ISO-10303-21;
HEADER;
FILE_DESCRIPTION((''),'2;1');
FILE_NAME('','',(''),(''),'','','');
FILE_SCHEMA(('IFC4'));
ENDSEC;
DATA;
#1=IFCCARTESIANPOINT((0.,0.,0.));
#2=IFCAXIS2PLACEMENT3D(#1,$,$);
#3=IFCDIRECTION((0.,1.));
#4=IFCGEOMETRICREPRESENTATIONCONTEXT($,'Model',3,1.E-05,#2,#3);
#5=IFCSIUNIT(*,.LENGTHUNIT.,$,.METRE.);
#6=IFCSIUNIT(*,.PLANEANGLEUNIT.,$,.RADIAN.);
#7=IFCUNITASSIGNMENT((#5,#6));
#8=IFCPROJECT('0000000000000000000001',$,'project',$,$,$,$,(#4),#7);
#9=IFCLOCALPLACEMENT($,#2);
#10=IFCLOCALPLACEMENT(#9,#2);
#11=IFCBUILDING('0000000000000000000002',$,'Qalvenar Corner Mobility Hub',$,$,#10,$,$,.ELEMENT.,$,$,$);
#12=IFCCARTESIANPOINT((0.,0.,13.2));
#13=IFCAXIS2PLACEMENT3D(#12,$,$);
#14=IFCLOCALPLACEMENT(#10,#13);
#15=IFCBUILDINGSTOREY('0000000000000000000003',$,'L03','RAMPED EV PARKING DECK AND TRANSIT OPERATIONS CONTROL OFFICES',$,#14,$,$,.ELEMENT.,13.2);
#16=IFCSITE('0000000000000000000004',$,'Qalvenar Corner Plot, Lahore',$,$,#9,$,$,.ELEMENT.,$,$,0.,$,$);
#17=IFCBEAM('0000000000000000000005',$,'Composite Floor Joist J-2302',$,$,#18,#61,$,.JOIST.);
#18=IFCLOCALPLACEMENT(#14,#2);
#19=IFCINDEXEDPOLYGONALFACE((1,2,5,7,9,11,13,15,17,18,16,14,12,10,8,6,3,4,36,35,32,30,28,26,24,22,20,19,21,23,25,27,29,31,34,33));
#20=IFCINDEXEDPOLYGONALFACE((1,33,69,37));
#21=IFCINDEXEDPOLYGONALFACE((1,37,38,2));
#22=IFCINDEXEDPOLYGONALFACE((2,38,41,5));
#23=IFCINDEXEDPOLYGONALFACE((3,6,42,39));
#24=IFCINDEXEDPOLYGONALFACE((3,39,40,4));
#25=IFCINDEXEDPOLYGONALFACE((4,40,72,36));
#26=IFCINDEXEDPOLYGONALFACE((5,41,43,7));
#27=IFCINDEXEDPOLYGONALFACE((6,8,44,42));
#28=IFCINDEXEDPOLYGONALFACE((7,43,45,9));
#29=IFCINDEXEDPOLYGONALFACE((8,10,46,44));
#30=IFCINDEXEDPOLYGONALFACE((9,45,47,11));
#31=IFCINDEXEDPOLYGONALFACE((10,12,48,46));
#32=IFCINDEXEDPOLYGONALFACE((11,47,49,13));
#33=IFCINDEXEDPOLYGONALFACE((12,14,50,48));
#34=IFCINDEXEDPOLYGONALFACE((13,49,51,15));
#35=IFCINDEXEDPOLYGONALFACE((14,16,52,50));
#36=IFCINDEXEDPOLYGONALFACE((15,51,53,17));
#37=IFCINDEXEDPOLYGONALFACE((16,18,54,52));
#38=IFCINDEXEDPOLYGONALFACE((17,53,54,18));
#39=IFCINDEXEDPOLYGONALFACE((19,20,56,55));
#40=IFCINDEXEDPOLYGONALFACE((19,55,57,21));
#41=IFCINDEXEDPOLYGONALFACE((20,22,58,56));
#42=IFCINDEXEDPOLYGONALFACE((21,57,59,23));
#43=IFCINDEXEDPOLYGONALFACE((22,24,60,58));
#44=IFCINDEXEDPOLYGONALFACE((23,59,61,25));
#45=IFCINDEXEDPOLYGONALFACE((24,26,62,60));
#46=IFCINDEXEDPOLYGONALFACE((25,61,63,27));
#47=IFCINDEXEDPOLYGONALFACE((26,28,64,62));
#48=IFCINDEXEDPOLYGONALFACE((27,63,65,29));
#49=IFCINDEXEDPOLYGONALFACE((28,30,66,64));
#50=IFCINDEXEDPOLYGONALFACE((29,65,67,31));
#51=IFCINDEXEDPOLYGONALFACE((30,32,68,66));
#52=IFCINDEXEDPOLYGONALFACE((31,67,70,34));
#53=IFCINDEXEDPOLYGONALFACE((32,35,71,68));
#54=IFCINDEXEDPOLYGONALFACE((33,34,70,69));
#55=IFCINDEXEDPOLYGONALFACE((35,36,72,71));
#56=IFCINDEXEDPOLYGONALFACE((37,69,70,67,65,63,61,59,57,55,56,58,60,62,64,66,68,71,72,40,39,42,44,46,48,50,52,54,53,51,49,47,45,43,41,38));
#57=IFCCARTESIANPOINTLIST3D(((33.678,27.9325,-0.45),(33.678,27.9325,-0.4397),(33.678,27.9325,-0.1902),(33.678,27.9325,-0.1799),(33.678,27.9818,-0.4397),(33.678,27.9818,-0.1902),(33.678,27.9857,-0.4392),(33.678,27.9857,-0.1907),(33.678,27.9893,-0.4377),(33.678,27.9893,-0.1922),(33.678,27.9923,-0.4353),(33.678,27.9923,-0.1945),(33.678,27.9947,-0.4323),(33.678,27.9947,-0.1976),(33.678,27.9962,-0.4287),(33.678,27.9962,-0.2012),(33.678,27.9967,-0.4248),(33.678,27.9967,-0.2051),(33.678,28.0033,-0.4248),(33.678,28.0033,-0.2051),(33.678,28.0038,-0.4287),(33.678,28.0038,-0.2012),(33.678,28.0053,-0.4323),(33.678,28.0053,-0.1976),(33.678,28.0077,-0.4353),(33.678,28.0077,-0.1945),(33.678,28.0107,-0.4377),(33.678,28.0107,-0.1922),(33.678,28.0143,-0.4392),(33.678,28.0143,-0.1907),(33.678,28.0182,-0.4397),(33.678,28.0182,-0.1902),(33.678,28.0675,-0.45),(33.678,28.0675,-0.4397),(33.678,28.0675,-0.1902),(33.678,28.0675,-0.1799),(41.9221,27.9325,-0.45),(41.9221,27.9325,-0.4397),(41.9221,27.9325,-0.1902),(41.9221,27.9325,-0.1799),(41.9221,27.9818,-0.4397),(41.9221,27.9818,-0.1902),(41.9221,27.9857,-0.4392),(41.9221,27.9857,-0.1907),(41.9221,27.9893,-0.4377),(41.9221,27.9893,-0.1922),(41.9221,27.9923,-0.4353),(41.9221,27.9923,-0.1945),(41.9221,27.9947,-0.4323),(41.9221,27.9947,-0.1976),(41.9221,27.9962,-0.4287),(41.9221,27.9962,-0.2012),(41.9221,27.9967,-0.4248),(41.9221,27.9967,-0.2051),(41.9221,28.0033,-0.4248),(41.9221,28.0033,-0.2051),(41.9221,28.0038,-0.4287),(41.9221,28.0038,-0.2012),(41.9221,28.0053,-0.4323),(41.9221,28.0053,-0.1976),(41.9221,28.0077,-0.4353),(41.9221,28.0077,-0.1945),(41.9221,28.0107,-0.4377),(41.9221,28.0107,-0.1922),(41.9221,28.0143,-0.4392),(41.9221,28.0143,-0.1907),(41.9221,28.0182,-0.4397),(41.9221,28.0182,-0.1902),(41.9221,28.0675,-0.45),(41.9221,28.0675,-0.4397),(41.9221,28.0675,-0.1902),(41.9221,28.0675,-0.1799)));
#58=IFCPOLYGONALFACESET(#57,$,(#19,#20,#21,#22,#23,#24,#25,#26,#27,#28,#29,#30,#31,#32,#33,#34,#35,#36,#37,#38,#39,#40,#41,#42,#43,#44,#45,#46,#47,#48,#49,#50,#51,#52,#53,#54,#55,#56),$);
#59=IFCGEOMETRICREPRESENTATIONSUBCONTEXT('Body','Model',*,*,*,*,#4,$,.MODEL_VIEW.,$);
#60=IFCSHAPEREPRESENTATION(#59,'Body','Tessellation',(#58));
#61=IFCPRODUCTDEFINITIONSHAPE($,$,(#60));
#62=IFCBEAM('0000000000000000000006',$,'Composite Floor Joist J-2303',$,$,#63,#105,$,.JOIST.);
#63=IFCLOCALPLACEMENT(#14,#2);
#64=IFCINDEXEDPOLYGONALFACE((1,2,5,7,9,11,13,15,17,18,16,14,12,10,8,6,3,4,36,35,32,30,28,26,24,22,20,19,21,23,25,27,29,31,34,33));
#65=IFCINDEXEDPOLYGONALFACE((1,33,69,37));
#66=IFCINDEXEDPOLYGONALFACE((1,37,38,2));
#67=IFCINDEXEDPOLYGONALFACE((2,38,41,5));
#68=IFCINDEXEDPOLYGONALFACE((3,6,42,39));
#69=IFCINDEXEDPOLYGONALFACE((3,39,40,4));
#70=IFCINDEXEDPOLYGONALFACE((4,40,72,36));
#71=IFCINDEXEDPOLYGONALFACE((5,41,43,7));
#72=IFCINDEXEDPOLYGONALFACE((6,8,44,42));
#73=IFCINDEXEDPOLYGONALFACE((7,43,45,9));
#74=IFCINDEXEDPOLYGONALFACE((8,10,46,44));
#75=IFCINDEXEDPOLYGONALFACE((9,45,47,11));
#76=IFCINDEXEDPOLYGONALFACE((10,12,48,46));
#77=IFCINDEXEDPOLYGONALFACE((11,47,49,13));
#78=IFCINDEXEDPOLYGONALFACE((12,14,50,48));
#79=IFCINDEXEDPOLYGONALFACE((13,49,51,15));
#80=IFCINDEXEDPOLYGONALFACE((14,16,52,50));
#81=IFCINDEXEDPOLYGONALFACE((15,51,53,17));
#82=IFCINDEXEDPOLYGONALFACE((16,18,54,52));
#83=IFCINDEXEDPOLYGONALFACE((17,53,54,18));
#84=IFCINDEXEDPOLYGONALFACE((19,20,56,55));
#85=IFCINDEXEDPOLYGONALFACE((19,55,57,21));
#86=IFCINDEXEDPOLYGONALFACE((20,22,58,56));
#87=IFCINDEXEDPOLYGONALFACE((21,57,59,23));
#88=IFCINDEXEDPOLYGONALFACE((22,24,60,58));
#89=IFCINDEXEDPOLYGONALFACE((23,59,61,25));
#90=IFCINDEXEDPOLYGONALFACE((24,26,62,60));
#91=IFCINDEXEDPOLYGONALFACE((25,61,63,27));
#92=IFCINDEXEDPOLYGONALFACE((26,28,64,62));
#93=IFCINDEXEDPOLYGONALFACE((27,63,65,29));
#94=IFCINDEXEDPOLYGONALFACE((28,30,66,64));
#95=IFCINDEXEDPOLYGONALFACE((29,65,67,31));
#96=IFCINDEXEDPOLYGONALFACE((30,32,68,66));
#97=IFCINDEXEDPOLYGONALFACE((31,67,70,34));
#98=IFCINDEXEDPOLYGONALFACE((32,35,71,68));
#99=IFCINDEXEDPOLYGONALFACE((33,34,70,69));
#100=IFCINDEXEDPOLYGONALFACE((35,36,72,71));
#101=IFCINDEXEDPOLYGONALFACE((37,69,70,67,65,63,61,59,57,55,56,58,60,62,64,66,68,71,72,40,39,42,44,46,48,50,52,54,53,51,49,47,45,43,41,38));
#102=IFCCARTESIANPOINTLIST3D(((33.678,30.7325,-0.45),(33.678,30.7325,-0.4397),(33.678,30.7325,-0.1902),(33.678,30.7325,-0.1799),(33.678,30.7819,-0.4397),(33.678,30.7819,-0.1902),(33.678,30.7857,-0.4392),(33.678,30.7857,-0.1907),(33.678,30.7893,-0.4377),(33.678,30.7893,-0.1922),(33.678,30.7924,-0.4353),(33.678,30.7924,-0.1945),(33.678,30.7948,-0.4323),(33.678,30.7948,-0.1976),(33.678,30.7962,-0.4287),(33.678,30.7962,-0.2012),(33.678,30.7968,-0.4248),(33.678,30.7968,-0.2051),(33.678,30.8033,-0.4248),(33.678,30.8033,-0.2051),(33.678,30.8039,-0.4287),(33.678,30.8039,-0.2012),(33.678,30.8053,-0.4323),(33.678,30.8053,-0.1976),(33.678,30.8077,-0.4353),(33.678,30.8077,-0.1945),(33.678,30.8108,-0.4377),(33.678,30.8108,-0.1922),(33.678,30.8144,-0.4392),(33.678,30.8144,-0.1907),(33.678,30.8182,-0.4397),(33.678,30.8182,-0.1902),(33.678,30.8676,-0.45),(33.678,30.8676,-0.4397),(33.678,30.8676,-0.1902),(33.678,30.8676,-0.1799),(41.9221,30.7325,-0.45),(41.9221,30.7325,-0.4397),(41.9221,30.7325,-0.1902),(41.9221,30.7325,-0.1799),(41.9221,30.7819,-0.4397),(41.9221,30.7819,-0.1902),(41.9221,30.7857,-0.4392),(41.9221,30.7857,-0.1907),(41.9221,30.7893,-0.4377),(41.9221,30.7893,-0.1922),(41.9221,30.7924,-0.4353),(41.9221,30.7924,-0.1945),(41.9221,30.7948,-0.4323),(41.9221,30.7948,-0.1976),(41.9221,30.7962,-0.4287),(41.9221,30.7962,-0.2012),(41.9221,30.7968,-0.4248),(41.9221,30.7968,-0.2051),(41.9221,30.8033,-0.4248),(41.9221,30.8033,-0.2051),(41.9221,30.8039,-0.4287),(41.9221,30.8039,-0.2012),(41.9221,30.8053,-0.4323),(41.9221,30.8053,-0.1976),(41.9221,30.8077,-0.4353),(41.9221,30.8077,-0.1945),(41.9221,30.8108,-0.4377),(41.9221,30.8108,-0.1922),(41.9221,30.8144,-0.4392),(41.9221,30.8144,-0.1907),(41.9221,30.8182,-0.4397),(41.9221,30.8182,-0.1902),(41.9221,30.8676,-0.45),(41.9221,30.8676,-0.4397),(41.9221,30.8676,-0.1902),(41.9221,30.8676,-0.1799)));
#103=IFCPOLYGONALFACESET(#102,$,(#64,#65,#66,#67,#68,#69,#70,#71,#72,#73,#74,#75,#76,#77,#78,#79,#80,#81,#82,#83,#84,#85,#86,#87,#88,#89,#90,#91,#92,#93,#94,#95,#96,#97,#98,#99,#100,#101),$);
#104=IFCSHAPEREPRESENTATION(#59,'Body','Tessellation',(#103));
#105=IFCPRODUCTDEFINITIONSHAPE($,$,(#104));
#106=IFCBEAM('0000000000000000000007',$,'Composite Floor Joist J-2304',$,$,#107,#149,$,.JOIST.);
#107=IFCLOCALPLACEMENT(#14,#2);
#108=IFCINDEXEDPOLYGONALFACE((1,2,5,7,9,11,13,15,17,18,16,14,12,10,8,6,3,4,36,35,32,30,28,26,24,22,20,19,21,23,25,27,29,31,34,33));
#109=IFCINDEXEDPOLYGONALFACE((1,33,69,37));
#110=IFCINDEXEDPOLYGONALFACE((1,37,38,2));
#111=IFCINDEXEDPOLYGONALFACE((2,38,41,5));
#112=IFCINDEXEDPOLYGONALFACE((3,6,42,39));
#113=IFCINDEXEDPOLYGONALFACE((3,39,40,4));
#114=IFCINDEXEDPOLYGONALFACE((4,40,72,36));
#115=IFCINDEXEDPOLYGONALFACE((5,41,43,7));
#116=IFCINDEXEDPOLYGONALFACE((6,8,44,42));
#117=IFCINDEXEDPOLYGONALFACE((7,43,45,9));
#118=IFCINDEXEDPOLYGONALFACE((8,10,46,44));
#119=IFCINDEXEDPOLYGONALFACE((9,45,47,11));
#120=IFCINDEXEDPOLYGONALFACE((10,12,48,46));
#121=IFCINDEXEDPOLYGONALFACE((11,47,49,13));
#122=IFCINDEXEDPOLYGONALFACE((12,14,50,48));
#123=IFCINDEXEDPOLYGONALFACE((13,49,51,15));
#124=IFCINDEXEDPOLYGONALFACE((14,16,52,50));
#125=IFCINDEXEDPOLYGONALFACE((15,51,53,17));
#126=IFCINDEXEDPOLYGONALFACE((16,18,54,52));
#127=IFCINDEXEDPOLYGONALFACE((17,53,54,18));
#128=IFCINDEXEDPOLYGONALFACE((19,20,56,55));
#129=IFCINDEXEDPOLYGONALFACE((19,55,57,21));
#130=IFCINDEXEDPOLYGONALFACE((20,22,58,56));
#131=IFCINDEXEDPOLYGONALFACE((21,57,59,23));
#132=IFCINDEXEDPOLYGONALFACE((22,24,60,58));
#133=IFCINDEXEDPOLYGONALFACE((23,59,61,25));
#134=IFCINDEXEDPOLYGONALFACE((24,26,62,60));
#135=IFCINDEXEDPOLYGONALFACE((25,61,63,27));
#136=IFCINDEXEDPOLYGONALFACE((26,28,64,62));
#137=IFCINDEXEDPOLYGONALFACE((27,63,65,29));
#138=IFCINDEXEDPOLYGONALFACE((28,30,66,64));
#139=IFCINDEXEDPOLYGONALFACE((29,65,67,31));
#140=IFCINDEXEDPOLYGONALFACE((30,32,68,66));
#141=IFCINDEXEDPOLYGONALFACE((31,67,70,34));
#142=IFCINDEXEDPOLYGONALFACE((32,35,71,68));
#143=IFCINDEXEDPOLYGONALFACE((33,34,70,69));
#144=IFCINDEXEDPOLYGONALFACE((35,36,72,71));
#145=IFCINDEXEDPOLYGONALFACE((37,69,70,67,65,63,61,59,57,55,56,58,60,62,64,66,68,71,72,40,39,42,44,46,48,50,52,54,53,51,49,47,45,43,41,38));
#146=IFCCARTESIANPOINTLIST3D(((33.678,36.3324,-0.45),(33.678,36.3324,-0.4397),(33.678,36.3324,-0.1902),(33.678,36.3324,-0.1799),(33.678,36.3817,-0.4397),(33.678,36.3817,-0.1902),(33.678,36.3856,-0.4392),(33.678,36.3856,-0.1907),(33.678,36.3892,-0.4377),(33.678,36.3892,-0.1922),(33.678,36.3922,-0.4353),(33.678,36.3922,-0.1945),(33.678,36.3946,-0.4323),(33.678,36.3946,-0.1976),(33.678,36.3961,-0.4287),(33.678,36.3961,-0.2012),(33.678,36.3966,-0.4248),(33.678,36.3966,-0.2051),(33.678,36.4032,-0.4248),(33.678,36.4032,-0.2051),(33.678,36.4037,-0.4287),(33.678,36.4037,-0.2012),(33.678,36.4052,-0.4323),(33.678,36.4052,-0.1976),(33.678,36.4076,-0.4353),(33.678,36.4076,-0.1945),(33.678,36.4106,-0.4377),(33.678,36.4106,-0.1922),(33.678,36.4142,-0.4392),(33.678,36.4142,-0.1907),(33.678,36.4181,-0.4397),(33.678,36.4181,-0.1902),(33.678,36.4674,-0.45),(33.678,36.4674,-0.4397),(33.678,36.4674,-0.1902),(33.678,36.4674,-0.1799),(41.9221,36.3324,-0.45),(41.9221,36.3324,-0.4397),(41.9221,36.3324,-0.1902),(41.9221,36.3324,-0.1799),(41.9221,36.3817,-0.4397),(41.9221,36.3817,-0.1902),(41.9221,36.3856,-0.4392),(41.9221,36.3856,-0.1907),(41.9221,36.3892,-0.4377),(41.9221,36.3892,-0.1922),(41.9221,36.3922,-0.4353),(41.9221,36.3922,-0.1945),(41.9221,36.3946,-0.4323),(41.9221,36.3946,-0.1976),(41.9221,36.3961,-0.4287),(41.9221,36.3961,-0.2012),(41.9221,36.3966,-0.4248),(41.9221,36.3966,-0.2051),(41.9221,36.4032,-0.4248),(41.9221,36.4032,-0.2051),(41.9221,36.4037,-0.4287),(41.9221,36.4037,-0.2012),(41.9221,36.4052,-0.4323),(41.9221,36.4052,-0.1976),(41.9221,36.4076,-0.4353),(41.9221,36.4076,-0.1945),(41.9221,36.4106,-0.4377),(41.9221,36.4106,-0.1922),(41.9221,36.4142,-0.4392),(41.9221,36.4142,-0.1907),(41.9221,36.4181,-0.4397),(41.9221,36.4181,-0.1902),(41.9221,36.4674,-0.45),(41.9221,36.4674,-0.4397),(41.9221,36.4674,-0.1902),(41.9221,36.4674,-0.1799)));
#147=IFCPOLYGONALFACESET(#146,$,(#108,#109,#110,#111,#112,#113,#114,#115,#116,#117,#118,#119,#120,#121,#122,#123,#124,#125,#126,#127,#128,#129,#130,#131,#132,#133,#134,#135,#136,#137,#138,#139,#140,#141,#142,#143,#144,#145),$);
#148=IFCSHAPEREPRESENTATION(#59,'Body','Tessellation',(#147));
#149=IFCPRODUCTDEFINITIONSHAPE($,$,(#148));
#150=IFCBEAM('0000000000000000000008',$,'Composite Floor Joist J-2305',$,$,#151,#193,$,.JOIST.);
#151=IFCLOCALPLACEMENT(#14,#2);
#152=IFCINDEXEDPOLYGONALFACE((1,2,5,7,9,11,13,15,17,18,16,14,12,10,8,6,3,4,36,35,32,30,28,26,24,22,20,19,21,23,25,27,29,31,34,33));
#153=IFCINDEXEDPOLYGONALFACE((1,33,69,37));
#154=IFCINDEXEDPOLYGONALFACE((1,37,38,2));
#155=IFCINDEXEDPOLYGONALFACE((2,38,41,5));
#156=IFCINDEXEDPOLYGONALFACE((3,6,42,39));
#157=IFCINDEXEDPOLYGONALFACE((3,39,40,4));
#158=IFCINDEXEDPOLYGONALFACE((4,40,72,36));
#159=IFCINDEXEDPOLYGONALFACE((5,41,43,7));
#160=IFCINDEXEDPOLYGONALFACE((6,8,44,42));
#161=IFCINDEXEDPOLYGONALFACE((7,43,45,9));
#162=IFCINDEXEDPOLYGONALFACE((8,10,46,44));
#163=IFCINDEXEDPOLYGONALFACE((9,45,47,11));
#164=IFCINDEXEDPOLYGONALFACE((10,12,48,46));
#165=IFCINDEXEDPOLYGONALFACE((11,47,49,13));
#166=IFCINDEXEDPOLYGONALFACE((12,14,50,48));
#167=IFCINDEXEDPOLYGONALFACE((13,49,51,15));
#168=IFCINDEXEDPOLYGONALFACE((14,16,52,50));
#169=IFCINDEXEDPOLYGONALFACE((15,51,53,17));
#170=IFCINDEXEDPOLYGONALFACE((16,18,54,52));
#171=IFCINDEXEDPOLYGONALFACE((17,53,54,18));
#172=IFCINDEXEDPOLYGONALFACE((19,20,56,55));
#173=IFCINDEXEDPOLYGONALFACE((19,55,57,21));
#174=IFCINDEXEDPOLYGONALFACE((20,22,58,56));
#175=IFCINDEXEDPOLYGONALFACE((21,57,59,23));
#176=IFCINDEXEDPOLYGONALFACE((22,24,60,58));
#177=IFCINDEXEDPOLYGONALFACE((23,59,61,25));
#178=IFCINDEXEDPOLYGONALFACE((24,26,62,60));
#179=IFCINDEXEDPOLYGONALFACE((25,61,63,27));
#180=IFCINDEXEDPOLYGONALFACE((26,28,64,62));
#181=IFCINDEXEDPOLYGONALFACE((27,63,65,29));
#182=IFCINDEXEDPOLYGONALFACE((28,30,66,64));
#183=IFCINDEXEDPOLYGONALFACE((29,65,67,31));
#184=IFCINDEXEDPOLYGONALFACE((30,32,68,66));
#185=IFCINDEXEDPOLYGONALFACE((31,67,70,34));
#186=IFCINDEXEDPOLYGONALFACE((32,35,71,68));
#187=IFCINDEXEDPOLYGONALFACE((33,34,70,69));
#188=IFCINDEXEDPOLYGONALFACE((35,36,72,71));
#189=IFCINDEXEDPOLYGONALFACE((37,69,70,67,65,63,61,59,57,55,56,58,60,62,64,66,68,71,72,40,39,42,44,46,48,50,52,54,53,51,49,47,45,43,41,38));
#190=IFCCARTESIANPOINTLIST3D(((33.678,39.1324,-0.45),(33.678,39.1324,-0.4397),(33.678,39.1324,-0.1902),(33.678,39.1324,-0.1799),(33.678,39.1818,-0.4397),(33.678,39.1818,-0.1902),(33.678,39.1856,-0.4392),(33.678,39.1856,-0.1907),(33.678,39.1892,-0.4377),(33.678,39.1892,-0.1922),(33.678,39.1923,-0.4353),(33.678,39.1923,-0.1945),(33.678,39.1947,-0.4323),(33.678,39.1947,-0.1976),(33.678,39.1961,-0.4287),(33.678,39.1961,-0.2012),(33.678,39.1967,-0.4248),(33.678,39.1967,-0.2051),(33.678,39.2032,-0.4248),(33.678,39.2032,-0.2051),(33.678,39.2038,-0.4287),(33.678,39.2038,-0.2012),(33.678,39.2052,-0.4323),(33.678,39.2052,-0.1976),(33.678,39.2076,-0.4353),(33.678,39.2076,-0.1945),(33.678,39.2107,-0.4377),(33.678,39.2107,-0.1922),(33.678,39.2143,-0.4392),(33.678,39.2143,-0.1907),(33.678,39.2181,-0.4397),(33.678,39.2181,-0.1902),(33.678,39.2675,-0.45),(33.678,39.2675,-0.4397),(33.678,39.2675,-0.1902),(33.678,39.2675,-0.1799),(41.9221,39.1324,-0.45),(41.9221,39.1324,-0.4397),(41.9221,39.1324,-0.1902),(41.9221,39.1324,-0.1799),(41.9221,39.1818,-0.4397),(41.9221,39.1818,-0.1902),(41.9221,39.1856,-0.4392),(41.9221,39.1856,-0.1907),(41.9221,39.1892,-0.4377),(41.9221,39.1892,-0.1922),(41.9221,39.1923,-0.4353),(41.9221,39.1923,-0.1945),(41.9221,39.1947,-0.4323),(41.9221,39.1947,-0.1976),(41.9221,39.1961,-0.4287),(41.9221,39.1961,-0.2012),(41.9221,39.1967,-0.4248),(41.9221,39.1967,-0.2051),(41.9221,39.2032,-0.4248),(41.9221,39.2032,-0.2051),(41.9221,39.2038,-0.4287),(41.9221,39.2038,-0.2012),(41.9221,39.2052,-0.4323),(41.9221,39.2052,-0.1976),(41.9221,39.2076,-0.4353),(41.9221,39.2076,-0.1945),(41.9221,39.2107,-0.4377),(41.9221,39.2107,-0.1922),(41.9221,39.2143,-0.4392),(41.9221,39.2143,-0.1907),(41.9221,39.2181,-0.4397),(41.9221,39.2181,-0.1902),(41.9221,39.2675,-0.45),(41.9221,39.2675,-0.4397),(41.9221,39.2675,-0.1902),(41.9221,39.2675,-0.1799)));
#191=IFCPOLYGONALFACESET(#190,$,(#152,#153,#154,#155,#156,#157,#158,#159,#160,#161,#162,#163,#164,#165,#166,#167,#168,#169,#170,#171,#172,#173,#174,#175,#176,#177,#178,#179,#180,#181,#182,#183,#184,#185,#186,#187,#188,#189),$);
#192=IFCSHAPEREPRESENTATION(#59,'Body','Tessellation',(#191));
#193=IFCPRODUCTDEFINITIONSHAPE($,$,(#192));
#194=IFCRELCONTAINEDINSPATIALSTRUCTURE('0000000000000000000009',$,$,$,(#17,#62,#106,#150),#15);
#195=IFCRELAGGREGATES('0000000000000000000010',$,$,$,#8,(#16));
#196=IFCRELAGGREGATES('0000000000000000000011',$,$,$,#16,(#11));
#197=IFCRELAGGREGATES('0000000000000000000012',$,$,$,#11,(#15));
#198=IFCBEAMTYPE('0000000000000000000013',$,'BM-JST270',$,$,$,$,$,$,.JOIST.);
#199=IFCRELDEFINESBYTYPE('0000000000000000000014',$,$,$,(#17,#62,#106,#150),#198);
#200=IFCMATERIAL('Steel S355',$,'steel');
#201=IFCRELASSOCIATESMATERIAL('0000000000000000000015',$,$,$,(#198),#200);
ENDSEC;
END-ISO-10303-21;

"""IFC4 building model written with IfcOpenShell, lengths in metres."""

from ifc_helpers import new_model, si_unit, direction, frame, origin, origin_2d, place, context, subcontext, project, spatial, i_section, extrude, material, material_profile, profile_set, type_object, element, save


model = new_model("IFC4")

# Units and contexts
model_context = context("Model", 3, precision=1e-05, world=origin(), true_north=direction((0.0, 1.0)))
body_context = subcontext(model_context, "Body", "Model", "MODEL_VIEW")
ifc_project = project(units=[si_unit("LENGTHUNIT", "METRE"), si_unit("PLANEANGLEUNIT", "RADIAN")], contexts=[model_context])

# Site, building, storey
site_placement = place(None, origin())
site = spatial("IfcSite", under=ifc_project, at=site_placement, Name="Qalvenar Corner Plot, Lahore", CompositionType="ELEMENT", RefElevation=0.0)
building_placement = place(site_placement, origin())
building = spatial("IfcBuilding", under=site, at=building_placement, Name="Qalvenar Corner Mobility Hub", CompositionType="ELEMENT")
storey_placement = place(building_placement, frame((0.0, 0.0, 13.2)))
storey = spatial("IfcBuildingStorey", under=building, at=storey_placement, Name="L03", Description="RAMPED EV PARKING DECK AND TRANSIT OPERATIONS CONTROL OFFICES", CompositionType="ELEMENT", Elevation=13.2)

# Shared definitions
ifc_material_1 = material(Name="Steel S355", Category="steel")

# Beams
ifc_material_profile_1 = material_profile(ifc_material_1, i_section(OverallWidth=0.135, OverallDepth=0.27, WebThickness=0.0066, FlangeThickness=0.0103, FilletRadius=0.0149, at=origin_2d()), Name="IPE270")
ifc_profile_set_1 = profile_set([ifc_material_profile_1], Name="Steel S355")
beam_type_1 = type_object("IfcBeamType", Name="BM-JST270", PredefinedType="JOIST", material=ifc_profile_set_1)
for number, where, z_axis, x_axis, name in (
    (1, (33.678, 28.0, -0.3149), (1.0, 0.0, 0.0), (0.0, 1.0, 0.0), "Composite Floor Joist J-2302"),
    (2, (33.678, 30.8, -0.3149), (1.0, 0.0, 0.0), (0.0, 1.0, 0.0), "Composite Floor Joist J-2303"),
    (3, (33.678, 36.3999, -0.3149), (1.0, 0.0, 0.0), (0.0, 1.0, 0.0), "Composite Floor Joist J-2304"),
    (4, (33.678, 39.2, -0.3149), (1.0, 0.0, 0.0), (0.0, 1.0, 0.0), "Composite Floor Joist J-2305"),
):
    element("IfcBeam", number, at=place(storey_placement, frame(where, z_axis=z_axis, x_axis=x_axis)), inside=storey, type_object=beam_type_1, Name=name, PredefinedType="JOIST", context=body_context, shape_type="SweptSolid", body=[
        extrude(i_section(OverallWidth=0.135, OverallDepth=0.27, WebThickness=0.0066, FlangeThickness=0.0103, FilletRadius=0.0149, at=origin_2d()), origin(), (0.0, 0.0, 1.0), 8.2441),
    ])

save(model, "model.ifc")
